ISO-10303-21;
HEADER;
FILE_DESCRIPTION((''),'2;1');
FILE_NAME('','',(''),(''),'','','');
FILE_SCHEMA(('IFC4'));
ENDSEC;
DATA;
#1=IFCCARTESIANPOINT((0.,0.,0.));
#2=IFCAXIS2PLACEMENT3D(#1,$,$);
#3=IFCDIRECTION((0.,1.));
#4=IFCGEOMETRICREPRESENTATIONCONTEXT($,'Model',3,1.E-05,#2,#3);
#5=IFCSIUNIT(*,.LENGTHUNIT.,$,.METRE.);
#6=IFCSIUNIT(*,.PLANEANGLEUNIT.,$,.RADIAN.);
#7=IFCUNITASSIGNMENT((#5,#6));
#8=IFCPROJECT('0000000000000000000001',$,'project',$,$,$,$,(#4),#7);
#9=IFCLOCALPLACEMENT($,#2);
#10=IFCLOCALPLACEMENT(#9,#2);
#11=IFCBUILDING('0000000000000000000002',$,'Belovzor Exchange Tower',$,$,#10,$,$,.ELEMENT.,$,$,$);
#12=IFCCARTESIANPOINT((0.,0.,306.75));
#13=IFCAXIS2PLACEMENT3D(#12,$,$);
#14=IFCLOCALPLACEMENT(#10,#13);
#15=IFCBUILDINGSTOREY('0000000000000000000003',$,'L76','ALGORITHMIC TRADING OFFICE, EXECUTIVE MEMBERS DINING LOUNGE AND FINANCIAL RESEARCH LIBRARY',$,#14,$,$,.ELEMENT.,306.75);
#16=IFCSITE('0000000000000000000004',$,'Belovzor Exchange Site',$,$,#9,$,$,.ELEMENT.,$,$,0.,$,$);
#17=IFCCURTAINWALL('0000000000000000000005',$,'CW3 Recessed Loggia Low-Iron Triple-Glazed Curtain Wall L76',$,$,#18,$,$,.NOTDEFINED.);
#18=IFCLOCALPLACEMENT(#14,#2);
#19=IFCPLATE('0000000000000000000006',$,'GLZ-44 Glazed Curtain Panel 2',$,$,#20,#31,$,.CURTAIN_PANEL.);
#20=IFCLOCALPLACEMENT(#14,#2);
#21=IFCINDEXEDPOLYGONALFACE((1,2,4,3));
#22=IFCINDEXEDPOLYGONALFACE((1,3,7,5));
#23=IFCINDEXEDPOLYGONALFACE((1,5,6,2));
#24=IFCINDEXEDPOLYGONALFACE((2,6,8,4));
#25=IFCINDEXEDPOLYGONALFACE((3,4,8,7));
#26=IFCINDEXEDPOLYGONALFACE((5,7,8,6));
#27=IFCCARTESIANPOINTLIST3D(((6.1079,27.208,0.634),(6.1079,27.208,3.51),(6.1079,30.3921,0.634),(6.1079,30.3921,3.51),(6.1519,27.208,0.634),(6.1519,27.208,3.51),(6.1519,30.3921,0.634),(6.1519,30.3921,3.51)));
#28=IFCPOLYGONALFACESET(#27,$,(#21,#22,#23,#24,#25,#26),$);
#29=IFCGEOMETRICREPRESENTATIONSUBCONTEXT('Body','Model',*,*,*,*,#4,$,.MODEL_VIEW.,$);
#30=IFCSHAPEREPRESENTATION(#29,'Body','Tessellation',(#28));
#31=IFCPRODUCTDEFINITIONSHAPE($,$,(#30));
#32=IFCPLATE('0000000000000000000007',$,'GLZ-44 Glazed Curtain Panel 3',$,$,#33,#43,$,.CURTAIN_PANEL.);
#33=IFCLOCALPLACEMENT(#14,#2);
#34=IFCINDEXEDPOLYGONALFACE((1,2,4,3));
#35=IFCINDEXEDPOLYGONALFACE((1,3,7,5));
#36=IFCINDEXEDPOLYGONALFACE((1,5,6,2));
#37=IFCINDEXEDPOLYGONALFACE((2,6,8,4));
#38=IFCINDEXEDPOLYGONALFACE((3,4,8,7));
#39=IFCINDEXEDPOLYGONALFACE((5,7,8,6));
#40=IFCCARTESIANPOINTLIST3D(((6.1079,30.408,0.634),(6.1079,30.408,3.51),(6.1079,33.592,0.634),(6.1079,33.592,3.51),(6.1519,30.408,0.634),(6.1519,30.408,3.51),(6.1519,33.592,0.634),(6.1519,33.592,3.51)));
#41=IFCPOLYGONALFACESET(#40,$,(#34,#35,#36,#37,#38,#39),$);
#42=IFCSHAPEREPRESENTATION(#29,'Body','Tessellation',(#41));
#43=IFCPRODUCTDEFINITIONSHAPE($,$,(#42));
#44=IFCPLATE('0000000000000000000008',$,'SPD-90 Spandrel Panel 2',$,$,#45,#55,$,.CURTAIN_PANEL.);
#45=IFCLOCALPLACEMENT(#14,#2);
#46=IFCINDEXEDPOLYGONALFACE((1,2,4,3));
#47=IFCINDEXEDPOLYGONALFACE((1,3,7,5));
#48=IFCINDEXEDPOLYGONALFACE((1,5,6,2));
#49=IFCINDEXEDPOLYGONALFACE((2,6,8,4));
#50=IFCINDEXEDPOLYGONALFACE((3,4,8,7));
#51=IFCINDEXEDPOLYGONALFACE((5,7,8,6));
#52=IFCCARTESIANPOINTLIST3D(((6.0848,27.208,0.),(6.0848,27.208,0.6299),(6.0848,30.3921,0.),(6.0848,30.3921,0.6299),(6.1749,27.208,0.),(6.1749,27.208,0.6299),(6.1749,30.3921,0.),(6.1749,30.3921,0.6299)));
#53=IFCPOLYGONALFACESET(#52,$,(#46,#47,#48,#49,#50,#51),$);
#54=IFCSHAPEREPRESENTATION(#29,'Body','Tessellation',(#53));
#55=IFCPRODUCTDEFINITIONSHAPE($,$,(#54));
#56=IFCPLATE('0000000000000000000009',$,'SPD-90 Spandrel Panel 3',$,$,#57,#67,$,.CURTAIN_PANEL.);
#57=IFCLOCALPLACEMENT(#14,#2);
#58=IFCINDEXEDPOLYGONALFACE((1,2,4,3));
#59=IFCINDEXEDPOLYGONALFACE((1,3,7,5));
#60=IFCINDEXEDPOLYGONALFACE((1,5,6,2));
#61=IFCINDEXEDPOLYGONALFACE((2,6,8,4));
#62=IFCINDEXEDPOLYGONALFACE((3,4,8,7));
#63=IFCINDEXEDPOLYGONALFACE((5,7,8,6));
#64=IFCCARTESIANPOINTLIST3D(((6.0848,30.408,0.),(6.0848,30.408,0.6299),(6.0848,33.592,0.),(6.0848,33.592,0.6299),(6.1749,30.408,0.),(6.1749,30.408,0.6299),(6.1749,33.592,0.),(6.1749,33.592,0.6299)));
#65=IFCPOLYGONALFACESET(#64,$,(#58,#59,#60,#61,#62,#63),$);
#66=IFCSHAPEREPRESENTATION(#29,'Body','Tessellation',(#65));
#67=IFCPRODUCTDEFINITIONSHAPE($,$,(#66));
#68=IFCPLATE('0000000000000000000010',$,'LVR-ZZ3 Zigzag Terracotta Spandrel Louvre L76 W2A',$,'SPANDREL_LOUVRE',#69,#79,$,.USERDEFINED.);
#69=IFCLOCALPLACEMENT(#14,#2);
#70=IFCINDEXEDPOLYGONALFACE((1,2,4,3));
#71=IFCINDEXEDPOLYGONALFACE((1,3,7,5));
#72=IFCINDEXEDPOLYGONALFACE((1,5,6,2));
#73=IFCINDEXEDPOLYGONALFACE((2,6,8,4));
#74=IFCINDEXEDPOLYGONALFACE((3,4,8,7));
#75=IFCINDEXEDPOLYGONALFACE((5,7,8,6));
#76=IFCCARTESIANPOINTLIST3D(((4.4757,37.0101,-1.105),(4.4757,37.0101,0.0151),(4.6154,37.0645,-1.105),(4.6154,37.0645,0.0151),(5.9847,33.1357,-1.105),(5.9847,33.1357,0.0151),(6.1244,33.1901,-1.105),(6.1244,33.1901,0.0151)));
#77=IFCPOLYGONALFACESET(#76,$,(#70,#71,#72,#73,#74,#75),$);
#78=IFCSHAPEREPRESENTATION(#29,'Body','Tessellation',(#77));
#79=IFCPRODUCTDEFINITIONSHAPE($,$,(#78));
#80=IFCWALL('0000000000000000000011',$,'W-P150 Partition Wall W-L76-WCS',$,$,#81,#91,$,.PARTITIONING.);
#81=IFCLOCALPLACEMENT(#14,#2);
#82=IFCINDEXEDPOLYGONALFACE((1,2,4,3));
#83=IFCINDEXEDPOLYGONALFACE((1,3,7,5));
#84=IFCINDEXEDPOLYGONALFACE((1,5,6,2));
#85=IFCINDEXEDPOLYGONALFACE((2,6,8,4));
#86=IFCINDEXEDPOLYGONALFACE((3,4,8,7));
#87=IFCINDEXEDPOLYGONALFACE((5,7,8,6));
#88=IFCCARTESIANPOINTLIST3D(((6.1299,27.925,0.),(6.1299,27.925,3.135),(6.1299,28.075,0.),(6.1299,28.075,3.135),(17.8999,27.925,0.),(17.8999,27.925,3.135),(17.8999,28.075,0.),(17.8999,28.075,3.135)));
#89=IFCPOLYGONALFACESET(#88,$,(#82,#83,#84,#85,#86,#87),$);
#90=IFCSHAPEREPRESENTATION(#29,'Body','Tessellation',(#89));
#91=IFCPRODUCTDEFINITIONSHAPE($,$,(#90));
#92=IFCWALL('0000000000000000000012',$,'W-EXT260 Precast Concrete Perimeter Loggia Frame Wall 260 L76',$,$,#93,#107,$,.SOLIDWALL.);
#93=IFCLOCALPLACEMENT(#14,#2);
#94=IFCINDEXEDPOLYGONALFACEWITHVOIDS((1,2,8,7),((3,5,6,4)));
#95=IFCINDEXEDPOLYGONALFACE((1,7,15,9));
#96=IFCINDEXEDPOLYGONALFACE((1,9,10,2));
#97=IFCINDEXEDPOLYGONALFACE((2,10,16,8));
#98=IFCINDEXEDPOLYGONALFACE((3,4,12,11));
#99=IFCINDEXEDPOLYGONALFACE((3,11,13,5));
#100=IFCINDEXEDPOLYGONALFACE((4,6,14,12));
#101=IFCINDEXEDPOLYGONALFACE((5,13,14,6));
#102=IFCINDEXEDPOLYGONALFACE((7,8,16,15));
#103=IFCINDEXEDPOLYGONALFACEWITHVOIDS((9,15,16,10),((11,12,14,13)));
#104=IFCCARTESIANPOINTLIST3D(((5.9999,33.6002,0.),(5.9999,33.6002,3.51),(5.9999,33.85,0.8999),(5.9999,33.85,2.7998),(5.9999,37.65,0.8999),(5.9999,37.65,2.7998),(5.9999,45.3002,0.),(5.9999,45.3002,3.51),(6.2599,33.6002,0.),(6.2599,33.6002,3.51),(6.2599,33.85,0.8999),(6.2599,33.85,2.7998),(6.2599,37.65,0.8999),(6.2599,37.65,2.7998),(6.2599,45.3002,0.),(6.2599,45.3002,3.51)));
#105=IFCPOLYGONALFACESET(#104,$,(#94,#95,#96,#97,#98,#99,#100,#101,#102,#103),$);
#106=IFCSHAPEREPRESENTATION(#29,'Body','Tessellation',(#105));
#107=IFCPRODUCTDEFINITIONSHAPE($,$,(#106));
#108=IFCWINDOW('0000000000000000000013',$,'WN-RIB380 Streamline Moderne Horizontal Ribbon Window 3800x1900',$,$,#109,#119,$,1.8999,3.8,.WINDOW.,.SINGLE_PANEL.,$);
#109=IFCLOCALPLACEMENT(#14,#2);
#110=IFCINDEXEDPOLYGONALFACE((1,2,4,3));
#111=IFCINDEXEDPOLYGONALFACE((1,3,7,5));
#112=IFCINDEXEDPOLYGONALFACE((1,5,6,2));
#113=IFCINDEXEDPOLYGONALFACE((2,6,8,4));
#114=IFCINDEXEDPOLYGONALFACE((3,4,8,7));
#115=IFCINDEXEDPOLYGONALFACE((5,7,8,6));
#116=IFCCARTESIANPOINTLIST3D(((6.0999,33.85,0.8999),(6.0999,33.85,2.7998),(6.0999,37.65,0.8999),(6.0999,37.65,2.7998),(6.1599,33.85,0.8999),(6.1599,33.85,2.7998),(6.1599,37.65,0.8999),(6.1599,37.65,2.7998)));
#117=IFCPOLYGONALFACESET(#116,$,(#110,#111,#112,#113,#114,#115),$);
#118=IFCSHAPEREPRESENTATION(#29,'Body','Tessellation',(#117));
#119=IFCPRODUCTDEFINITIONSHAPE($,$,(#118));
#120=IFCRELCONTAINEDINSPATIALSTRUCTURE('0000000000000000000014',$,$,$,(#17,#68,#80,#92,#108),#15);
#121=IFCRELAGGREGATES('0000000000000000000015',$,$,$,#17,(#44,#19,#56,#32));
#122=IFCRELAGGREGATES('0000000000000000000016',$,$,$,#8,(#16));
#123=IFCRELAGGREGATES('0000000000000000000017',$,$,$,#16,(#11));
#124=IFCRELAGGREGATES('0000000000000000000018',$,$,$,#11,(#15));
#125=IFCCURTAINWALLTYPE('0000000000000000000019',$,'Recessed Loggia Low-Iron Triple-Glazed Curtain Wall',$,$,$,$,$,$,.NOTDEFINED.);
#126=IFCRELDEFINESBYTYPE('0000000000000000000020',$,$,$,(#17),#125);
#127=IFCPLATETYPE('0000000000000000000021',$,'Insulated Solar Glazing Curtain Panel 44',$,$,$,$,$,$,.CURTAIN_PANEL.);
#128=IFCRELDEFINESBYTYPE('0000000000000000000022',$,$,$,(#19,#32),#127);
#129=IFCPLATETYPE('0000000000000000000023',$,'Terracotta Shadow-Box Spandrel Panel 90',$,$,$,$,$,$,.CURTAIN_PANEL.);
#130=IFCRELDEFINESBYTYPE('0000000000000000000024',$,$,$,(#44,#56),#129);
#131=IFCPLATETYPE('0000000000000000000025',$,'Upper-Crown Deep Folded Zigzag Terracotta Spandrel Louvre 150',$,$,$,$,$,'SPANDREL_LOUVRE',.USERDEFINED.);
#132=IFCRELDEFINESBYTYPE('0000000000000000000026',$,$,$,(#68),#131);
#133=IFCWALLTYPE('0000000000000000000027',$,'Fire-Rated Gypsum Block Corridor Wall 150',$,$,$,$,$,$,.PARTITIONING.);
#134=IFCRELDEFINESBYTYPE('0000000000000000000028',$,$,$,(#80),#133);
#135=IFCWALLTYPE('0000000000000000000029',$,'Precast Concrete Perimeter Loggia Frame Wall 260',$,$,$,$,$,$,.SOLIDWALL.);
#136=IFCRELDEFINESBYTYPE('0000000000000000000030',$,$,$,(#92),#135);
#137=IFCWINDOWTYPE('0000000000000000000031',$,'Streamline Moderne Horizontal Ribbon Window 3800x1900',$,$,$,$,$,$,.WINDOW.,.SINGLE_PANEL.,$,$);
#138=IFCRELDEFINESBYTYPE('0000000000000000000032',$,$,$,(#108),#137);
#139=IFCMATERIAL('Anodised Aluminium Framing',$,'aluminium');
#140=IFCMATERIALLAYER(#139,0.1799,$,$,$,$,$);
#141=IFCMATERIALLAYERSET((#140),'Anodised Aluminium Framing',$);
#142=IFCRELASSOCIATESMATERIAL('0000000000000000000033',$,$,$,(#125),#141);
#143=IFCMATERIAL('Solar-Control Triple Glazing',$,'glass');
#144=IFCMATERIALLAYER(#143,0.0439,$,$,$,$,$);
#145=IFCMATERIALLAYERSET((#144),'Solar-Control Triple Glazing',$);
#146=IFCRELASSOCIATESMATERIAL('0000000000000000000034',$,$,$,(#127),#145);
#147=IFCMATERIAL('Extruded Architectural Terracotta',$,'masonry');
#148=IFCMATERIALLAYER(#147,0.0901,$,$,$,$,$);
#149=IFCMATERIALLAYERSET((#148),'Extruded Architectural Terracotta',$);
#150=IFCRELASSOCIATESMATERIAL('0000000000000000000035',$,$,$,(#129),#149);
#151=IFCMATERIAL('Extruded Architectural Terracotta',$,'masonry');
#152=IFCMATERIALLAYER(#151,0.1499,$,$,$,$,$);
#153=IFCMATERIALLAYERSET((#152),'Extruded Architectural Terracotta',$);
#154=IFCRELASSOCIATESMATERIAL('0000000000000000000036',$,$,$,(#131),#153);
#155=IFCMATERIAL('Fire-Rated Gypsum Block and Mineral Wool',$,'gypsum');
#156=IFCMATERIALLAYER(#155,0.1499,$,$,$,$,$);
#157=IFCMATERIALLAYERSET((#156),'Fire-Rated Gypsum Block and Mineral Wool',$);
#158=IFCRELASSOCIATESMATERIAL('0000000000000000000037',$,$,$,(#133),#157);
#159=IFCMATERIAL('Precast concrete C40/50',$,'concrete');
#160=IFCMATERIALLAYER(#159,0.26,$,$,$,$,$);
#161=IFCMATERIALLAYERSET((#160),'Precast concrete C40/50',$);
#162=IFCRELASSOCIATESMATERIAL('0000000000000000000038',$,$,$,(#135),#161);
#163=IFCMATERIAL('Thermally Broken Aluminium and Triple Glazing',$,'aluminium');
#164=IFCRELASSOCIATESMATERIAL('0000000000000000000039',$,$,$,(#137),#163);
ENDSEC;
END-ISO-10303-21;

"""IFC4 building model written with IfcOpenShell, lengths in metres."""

from ifc_helpers import new_model, si_unit, direction, frame, frame_2d, origin, origin_2d, place, context, subcontext, project, spatial, rectangle, extrude, material, layer, layer_set, type_object, element, fill, aggregate, save


model = new_model("IFC4")

# Units and contexts
model_context = context("Model", 3, precision=1e-05, world=origin(), true_north=direction((0.0, 1.0)))
body_context = subcontext(model_context, "Body", "Model", "MODEL_VIEW")
ifc_project = project(units=[si_unit("LENGTHUNIT", "METRE"), si_unit("PLANEANGLEUNIT", "RADIAN")], contexts=[model_context])

# Site, building, storey
site_placement = place(None, origin())
site = spatial("IfcSite", under=ifc_project, at=site_placement, Name="Belovzor Exchange Site", CompositionType="ELEMENT", RefElevation=0.0)
building_placement = place(site_placement, origin())
building = spatial("IfcBuilding", under=site, at=building_placement, Name="Belovzor Exchange Tower", CompositionType="ELEMENT")
storey_placement = place(building_placement, frame((0.0, 0.0, 306.75)))
storey = spatial("IfcBuildingStorey", under=building, at=storey_placement, Name="L76", Description="ALGORITHMIC TRADING OFFICE, EXECUTIVE MEMBERS DINING LOUNGE AND FINANCIAL RESEARCH LIBRARY", CompositionType="ELEMENT", Elevation=306.75)

# Curtain wall
ifc_material_1 = material(Name="Anodised Aluminium Framing", Category="aluminium")
ifc_layer_1 = layer(ifc_material_1, 0.1799)
ifc_layer_set_1 = layer_set([ifc_layer_1], Name="Anodised Aluminium Framing")
curtain_wall_type = type_object("IfcCurtainWallType", Name="Recessed Loggia Low-Iron Triple-Glazed Curtain Wall", PredefinedType="NOTDEFINED", material=ifc_layer_set_1)
curtain_wall_placement = place(storey_placement, origin())
curtain_wall = element("IfcCurtainWall", 1, at=curtain_wall_placement, inside=storey, type_object=curtain_wall_type, Name="CW3 Recessed Loggia Low-Iron Triple-Glazed Curtain Wall L76", PredefinedType="NOTDEFINED")

# Plates
ifc_material_2 = material(Name="Solar-Control Triple Glazing", Category="glass")
ifc_layer_2 = layer(ifc_material_2, 0.0439)
ifc_layer_set_2 = layer_set([ifc_layer_2], Name="Solar-Control Triple Glazing")
plate_type_1 = type_object("IfcPlateType", Name="Insulated Solar Glazing Curtain Panel 44", PredefinedType="CURTAIN_PANEL", material=ifc_layer_set_2)
plate_1_placement = place(storey_placement, frame((6.1299, 28.8, 0.634), z_axis=(0.0, 0.0, 1.0), x_axis=(0.0, 1.0, 0.0)))
plate_1 = element("IfcPlate", 2, at=plate_1_placement, type_object=plate_type_1, Name="GLZ-44 Glazed Curtain Panel 2", PredefinedType="CURTAIN_PANEL", context=body_context, shape_type="SweptSolid", body=[
    extrude(rectangle(XDim=3.1841, YDim=0.0439, at=origin_2d()), origin(), (0.0, 0.0, 1.0), 2.876),
])
plate_2_placement = place(storey_placement, frame((6.1299, 32.0, 0.634), z_axis=(0.0, 0.0, 1.0), x_axis=(0.0, 1.0, 0.0)))
plate_2 = element("IfcPlate", 3, at=plate_2_placement, type_object=plate_type_1, Name="GLZ-44 Glazed Curtain Panel 3", PredefinedType="CURTAIN_PANEL", context=body_context, shape_type="SweptSolid", body=[
    extrude(rectangle(XDim=3.1841, YDim=0.0439, at=origin_2d()), origin(), (0.0, 0.0, 1.0), 2.876),
])
ifc_material_3 = material(Name="Extruded Architectural Terracotta", Category="masonry")
ifc_layer_3 = layer(ifc_material_3, 0.0901)
ifc_layer_set_3 = layer_set([ifc_layer_3], Name="Extruded Architectural Terracotta")
plate_type_2 = type_object("IfcPlateType", Name="Terracotta Shadow-Box Spandrel Panel 90", PredefinedType="CURTAIN_PANEL", material=ifc_layer_set_3)
plate_3_placement = place(storey_placement, frame((6.1299, 28.8, 0.0), z_axis=(0.0, 0.0, 1.0), x_axis=(0.0, 1.0, 0.0)))
plate_3 = element("IfcPlate", 4, at=plate_3_placement, type_object=plate_type_2, Name="SPD-90 Spandrel Panel 2", PredefinedType="CURTAIN_PANEL", context=body_context, shape_type="SweptSolid", body=[
    extrude(rectangle(XDim=3.1841, YDim=0.0901, at=origin_2d()), origin(), (0.0, 0.0, 1.0), 0.6299),
])
plate_4_placement = place(storey_placement, frame((6.1299, 32.0, 0.0), z_axis=(0.0, 0.0, 1.0), x_axis=(0.0, 1.0, 0.0)))
plate_4 = element("IfcPlate", 5, at=plate_4_placement, type_object=plate_type_2, Name="SPD-90 Spandrel Panel 3", PredefinedType="CURTAIN_PANEL", context=body_context, shape_type="SweptSolid", body=[
    extrude(rectangle(XDim=3.1841, YDim=0.0901, at=origin_2d()), origin(), (0.0, 0.0, 1.0), 0.6299),
])
aggregate(curtain_wall, [plate_3, plate_1, plate_4, plate_2])
ifc_material_4 = material(Name="Extruded Architectural Terracotta", Category="masonry")
ifc_layer_4 = layer(ifc_material_4, 0.1499)
ifc_layer_set_4 = layer_set([ifc_layer_4], Name="Extruded Architectural Terracotta")
plate_type_3 = type_object("IfcPlateType", Name="Upper-Crown Deep Folded Zigzag Terracotta Spandrel Louvre 150", ElementType="SPANDREL_LOUVRE", PredefinedType="USERDEFINED", material=ifc_layer_set_4)
plate_5_placement = place(storey_placement, frame((5.3, 35.1001, -1.105), z_axis=(0.0, 0.0, 1.0), x_axis=(-0.362926, 0.931818, 0.0)))
element("IfcPlate", 6, at=plate_5_placement, inside=storey, type_object=plate_type_3, Name="LVR-ZZ3 Zigzag Terracotta Spandrel Louvre L76 W2A", ObjectType="SPANDREL_LOUVRE", PredefinedType="USERDEFINED", context=body_context, shape_type="SweptSolid", body=[
    extrude(rectangle(XDim=4.158, YDim=0.1499, at=origin_2d()), origin(), (0.0, 0.0, 1.0), 1.1201),
])

# Wall
ifc_material_5 = material(Name="Fire-Rated Gypsum Block and Mineral Wool", Category="gypsum")
ifc_layer_5 = layer(ifc_material_5, 0.1499)
ifc_layer_set_5 = layer_set([ifc_layer_5], Name="Fire-Rated Gypsum Block and Mineral Wool")
wall_type_1 = type_object("IfcWallType", Name="Fire-Rated Gypsum Block Corridor Wall 150", PredefinedType="PARTITIONING", material=ifc_layer_set_5)
wall_1_placement = place(storey_placement, frame((6.1299, 28.0, 0.0), z_axis=(0.0, 0.0, 1.0), x_axis=(1.0, 0.0, 0.0)))
element("IfcWall", 7, at=wall_1_placement, inside=storey, type_object=wall_type_1, Name="W-P150 Partition Wall W-L76-WCS", PredefinedType="PARTITIONING", context=body_context, shape_type="SweptSolid", body=[
    extrude(rectangle(XDim=11.77, YDim=0.1499, at=frame_2d((5.885, 0.0))), origin(), (0.0, 0.0, 1.0), 3.135),
])

# Wall, opening, window
ifc_material_6 = material(Name="Precast concrete C40/50", Category="concrete")
ifc_layer_6 = layer(ifc_material_6, 0.26)
ifc_layer_set_6 = layer_set([ifc_layer_6], Name="Precast concrete C40/50")
wall_type_2 = type_object("IfcWallType", Name="Precast Concrete Perimeter Loggia Frame Wall 260", PredefinedType="SOLIDWALL", material=ifc_layer_set_6)
wall_2_placement = place(storey_placement, frame((6.1299, 33.6001, 0.0), z_axis=(0.0, 0.0, 1.0), x_axis=(0.0, 1.0, 0.0)))
wall_2 = element("IfcWall", 8, at=wall_2_placement, inside=storey, type_object=wall_type_2, Name="W-EXT260 Precast Concrete Perimeter Loggia Frame Wall 260 L76", PredefinedType="SOLIDWALL", context=body_context, shape_type="SweptSolid", body=[
    extrude(rectangle(XDim=11.7, YDim=0.26, at=frame_2d((5.8501, 0.0))), origin(), (0.0, 0.0, 1.0), 3.51),
])
opening_placement = place(wall_2_placement, frame((0.25, 0.0, 0.8999)))
opening = element("IfcOpeningElement", 9, at=opening_placement, cuts=wall_2, PredefinedType="OPENING", context=body_context, shape_type="SweptSolid", body=[
    extrude(rectangle(XDim=3.8, YDim=1.8999, at=frame_2d((1.8999, 0.95))), frame((0.0, 0.1399, 0.0), z_axis=(0.0, -1.0, 0.0), x_axis=(1.0, 0.0, 0.0)), (0.0, 0.0, 1.0), 0.28),
])
ifc_material_7 = material(Name="Thermally Broken Aluminium and Triple Glazing", Category="aluminium")
window_type = type_object("IfcWindowType", Name="Streamline Moderne Horizontal Ribbon Window 3800x1900", PartitioningType="SINGLE_PANEL", PredefinedType="WINDOW", material=ifc_material_7)
window_placement = place(opening_placement, origin())
window = element("IfcWindow", 10, at=window_placement, inside=storey, type_object=window_type, Name="WN-RIB380 Streamline Moderne Horizontal Ribbon Window 3800x1900", OverallHeight=1.8999, OverallWidth=3.8, PartitioningType="SINGLE_PANEL", PredefinedType="WINDOW", context=body_context, shape_type="SweptSolid", body=[
    extrude(rectangle(XDim=3.8, YDim=1.8999, at=frame_2d((1.8999, 0.95))), frame((0.0, 0.03, 0.0), z_axis=(0.0, -1.0, 0.0), x_axis=(1.0, 0.0, 0.0)), (0.0, 0.0, 1.0), 0.0601),
])
fill(opening, window)

save(model, "model.ifc")
